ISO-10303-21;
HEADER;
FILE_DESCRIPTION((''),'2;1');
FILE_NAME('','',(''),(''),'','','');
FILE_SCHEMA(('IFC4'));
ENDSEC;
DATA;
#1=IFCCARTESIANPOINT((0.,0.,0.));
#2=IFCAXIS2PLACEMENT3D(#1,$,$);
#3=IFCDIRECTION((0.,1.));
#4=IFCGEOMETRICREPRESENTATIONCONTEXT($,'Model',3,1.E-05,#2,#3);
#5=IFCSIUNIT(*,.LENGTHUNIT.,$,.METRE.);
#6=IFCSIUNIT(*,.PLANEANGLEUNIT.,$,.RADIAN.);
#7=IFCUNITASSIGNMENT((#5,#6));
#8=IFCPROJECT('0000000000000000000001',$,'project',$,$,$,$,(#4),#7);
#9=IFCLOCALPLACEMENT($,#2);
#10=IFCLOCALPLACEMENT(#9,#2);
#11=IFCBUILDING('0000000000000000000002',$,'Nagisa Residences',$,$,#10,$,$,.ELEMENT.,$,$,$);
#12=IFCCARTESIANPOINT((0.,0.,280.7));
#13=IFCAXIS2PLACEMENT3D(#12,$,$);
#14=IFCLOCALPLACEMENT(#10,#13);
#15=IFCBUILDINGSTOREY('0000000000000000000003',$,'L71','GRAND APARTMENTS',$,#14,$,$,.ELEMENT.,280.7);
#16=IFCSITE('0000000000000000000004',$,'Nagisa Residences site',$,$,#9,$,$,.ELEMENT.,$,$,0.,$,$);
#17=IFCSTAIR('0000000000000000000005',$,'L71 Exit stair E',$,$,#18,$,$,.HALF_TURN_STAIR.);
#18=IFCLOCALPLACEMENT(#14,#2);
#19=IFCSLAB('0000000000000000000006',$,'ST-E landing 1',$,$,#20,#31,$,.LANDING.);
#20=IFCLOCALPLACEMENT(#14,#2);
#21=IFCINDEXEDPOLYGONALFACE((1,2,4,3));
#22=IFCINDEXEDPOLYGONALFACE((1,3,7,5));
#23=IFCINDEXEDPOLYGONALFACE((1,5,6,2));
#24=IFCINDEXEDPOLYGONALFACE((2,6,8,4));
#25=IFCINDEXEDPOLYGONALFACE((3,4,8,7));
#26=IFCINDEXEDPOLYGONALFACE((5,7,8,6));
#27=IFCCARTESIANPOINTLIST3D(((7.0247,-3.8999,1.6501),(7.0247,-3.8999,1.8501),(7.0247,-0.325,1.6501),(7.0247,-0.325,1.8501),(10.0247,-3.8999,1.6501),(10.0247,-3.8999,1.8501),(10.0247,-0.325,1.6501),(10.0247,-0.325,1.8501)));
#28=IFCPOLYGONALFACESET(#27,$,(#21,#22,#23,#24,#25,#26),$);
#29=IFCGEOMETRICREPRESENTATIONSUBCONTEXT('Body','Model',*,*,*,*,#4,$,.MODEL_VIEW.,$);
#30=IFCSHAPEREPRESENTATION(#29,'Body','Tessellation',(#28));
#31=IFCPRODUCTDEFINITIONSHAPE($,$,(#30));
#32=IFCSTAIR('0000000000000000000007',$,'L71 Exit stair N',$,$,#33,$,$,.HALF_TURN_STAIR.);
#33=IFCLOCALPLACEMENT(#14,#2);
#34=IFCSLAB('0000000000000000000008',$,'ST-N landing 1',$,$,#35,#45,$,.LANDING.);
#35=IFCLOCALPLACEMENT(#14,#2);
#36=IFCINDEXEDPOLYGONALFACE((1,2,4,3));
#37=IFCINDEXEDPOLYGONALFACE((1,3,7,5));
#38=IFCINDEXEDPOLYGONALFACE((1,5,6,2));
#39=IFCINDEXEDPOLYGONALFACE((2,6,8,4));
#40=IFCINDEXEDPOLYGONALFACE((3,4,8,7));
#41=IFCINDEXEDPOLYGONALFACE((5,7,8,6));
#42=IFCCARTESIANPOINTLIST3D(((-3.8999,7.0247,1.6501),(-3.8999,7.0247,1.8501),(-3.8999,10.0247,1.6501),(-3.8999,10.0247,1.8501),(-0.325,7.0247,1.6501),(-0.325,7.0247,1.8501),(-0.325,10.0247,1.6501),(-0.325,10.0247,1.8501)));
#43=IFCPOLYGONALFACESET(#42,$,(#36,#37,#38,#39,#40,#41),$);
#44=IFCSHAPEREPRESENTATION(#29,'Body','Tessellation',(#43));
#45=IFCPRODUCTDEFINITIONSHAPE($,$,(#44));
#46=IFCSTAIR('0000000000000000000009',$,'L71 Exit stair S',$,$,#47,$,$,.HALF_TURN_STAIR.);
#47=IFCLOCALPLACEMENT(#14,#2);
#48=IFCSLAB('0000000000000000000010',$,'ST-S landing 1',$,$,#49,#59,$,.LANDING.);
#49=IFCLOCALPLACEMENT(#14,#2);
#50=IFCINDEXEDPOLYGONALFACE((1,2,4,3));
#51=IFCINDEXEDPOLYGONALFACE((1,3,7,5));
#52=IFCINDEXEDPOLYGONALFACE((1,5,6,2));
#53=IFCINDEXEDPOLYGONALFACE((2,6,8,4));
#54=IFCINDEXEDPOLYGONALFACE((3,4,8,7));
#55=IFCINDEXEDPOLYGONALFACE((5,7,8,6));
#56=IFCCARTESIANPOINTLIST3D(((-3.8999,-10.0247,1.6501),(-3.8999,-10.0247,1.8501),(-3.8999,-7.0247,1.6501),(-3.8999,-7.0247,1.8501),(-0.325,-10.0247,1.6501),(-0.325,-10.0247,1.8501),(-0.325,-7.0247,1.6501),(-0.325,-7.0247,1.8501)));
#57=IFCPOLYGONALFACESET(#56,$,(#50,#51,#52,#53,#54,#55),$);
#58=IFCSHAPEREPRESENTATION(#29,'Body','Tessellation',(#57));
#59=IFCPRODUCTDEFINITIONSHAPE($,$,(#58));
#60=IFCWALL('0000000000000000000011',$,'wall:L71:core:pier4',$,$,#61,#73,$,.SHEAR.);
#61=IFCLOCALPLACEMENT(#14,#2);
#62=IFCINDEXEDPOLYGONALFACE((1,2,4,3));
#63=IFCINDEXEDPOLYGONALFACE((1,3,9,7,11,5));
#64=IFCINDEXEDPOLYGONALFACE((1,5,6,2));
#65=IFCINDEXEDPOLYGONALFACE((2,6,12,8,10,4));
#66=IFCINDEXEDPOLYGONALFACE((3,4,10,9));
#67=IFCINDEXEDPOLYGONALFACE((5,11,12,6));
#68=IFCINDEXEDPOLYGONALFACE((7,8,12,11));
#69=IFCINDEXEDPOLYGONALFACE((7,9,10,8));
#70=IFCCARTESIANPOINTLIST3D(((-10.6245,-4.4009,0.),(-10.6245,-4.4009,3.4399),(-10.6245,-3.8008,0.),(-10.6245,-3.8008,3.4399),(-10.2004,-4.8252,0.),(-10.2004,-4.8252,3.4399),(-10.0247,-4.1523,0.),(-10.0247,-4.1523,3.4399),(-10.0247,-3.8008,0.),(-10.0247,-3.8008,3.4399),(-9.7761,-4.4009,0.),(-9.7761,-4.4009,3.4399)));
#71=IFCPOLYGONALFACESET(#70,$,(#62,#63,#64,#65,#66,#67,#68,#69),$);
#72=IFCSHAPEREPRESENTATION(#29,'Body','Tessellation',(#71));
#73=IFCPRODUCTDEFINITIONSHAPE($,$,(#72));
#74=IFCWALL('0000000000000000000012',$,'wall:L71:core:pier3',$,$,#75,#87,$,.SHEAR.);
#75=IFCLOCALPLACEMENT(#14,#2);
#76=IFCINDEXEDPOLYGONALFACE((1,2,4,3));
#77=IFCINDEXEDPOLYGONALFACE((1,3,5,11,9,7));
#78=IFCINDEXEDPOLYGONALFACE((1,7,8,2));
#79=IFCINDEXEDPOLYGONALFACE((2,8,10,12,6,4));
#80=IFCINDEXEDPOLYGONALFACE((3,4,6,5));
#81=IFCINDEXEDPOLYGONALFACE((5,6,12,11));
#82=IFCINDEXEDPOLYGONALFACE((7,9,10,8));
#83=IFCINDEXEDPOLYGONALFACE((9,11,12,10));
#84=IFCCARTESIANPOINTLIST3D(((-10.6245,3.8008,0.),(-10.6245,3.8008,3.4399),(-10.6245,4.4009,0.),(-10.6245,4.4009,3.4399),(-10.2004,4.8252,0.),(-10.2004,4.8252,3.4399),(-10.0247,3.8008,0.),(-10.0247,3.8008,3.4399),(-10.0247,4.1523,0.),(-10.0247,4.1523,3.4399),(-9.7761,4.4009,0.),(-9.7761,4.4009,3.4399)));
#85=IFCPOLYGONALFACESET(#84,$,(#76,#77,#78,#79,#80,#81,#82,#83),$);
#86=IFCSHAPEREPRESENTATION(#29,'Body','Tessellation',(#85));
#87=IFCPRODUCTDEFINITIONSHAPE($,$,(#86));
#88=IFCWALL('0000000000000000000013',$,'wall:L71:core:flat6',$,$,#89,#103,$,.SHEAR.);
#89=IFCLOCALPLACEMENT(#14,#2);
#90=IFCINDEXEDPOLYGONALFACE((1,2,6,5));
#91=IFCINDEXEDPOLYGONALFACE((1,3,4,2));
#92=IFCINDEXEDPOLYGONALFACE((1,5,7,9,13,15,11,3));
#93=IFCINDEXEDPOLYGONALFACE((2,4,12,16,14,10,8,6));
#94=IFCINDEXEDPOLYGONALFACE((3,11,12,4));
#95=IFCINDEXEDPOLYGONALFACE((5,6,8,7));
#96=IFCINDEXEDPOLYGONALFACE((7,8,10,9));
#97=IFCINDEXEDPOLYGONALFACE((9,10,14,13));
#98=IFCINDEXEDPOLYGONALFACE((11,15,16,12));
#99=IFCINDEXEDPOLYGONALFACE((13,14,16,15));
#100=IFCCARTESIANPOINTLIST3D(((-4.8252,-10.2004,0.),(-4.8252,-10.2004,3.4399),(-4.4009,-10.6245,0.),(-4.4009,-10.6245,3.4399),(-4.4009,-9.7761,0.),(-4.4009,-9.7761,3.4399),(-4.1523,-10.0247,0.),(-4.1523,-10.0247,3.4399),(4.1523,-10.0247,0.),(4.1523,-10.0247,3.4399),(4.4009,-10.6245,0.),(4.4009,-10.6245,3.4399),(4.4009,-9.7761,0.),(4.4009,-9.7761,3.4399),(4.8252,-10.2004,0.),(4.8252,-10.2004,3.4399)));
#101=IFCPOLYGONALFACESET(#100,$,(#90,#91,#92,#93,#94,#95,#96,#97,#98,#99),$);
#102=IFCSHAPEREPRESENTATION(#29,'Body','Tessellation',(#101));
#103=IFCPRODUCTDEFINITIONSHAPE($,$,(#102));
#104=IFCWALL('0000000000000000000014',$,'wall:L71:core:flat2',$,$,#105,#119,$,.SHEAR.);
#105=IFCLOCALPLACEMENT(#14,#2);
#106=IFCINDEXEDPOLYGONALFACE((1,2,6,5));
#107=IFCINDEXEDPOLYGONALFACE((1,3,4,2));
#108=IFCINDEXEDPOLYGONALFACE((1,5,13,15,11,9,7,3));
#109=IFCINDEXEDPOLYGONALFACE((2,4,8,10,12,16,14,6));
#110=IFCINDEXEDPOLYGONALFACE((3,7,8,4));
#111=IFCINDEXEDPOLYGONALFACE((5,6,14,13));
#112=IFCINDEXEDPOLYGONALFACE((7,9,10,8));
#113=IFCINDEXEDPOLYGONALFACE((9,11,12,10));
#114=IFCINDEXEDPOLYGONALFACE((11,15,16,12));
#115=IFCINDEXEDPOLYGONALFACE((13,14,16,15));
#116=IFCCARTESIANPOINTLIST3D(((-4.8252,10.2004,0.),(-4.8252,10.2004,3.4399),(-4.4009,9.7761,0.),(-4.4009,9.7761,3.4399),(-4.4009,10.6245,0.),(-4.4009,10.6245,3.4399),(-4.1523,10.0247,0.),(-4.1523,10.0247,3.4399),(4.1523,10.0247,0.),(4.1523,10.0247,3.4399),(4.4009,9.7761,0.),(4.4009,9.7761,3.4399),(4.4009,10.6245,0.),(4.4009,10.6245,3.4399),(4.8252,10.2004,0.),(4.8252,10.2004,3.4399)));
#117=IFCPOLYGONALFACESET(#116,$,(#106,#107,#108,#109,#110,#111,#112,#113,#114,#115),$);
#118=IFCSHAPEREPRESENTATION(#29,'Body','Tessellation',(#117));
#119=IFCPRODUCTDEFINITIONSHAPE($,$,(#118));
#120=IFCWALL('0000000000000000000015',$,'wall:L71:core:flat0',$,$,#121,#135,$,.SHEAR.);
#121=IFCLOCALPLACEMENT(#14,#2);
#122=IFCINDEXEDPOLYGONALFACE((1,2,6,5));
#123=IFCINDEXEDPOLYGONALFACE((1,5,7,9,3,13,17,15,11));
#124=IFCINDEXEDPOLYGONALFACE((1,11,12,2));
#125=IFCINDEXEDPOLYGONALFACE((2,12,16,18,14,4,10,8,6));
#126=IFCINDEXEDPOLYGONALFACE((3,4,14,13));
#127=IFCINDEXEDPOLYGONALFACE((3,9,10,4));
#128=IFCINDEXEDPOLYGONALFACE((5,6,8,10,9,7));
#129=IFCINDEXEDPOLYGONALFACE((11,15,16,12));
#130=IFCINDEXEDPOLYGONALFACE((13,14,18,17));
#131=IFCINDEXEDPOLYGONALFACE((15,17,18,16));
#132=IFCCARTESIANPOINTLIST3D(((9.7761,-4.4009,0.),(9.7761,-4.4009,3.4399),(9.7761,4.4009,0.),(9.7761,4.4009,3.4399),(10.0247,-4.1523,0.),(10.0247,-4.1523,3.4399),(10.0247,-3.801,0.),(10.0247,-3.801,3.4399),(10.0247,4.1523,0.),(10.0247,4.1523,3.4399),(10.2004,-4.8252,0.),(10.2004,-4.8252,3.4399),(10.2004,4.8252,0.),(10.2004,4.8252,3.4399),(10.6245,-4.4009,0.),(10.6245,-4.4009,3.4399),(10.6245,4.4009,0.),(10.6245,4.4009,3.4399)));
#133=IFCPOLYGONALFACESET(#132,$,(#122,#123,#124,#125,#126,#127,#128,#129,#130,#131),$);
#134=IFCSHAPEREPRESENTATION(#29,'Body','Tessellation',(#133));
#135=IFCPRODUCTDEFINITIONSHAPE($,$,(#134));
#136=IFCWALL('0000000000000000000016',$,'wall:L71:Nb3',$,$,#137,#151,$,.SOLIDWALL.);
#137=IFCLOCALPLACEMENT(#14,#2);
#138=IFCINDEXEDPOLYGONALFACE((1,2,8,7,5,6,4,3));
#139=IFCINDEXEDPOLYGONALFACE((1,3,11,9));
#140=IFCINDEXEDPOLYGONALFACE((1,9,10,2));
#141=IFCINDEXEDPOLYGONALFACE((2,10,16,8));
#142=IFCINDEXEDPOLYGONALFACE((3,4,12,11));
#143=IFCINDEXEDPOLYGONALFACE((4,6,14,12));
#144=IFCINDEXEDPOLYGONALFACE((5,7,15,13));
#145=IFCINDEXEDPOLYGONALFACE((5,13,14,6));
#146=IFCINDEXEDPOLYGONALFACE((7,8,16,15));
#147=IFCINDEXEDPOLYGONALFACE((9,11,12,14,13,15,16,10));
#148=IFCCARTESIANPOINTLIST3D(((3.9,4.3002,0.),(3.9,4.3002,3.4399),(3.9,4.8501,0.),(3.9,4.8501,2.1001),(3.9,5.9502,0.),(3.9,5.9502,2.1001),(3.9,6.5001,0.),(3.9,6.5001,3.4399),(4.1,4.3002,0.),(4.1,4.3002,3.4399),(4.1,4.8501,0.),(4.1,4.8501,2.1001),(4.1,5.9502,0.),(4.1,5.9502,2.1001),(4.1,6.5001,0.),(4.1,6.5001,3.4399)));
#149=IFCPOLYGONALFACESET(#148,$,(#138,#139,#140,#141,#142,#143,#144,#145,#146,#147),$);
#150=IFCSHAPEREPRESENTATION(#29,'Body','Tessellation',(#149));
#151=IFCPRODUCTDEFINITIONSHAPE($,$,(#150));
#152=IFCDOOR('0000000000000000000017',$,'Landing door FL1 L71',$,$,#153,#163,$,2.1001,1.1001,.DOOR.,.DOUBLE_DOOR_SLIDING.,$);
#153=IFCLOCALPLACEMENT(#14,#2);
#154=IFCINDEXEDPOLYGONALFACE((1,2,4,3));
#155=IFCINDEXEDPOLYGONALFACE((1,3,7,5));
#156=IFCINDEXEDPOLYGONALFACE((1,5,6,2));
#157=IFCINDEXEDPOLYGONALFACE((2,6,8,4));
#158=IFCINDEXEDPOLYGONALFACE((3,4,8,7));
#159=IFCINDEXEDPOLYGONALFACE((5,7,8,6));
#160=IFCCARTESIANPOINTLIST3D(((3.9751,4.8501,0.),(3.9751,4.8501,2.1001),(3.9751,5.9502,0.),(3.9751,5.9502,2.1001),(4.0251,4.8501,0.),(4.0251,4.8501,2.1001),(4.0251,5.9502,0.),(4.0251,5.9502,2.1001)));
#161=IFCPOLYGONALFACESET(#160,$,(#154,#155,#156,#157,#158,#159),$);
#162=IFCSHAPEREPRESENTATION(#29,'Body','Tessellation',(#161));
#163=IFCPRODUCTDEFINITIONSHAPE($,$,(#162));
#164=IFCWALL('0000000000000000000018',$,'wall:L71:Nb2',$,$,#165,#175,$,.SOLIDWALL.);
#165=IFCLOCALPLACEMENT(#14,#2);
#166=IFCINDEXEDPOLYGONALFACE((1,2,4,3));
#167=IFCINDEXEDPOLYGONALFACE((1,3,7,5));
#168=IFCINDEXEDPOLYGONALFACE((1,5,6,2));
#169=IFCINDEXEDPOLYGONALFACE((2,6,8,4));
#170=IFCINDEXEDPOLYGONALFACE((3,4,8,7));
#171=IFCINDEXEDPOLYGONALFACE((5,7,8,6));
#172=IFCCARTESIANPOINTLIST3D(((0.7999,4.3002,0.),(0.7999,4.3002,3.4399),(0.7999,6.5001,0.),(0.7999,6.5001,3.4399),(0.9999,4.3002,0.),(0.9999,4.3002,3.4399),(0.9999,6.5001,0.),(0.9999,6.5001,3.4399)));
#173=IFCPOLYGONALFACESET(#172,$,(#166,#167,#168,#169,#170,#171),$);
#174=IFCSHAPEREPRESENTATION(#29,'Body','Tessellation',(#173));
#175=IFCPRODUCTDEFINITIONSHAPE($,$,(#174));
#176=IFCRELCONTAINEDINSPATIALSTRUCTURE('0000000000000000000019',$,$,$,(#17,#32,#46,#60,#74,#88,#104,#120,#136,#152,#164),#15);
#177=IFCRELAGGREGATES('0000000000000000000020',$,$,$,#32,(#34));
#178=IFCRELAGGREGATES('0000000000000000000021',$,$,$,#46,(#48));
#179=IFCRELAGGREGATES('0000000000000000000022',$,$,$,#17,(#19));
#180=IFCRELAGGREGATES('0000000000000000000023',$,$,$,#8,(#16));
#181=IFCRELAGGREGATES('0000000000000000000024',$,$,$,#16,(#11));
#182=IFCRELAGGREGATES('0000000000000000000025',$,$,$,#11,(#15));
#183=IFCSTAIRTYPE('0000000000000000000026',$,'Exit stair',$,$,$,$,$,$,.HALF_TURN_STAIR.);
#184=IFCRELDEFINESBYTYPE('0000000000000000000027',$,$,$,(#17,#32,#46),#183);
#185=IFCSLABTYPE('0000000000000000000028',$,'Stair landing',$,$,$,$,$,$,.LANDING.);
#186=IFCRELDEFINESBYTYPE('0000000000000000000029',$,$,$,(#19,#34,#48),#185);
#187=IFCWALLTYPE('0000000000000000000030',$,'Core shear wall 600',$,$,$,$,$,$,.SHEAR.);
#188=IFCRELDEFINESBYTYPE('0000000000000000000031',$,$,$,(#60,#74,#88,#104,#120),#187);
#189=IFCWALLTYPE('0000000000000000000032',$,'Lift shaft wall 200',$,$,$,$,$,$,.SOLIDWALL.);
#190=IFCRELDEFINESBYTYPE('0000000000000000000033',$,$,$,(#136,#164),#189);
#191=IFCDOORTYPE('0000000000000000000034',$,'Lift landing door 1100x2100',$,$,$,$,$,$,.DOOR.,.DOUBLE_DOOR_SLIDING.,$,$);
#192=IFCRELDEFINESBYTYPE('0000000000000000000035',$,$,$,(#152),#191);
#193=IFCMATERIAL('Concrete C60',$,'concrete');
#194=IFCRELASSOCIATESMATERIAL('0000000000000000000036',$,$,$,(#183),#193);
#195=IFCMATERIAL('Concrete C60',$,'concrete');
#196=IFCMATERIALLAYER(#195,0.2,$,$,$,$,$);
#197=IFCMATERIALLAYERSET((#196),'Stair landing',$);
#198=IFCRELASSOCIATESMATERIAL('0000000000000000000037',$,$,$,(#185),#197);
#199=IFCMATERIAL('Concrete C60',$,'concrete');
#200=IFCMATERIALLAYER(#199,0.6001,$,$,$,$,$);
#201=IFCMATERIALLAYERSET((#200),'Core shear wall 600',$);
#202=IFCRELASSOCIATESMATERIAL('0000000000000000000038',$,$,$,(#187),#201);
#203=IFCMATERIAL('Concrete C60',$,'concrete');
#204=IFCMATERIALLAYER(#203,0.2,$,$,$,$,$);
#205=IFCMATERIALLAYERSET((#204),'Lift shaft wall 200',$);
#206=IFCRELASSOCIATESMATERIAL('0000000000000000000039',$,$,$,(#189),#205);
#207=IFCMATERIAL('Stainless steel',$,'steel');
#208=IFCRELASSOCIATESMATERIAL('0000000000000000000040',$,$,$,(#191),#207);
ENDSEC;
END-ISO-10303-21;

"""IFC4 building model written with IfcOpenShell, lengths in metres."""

from ifc_helpers import new_model, si_unit, direction, frame, frame_2d, origin, place, context, subcontext, project, spatial, polyline, rectangle, outline, extrude, material, layer, layer_set, type_object, element, fill, aggregate, save


model = new_model("IFC4")

# Units and contexts
model_context = context("Model", 3, precision=1e-05, world=origin(), true_north=direction((0.0, 1.0)))
body_context = subcontext(model_context, "Body", "Model", "MODEL_VIEW")
ifc_project = project(units=[si_unit("LENGTHUNIT", "METRE"), si_unit("PLANEANGLEUNIT", "RADIAN")], contexts=[model_context])

# Site, building, storey
site_placement = place(None, origin())
site = spatial("IfcSite", under=ifc_project, at=site_placement, Name="Nagisa Residences site", CompositionType="ELEMENT", RefElevation=0.0)
building_placement = place(site_placement, origin())
building = spatial("IfcBuilding", under=site, at=building_placement, Name="Nagisa Residences", CompositionType="ELEMENT")
storey_placement = place(building_placement, frame((0.0, 0.0, 280.7)))
storey = spatial("IfcBuildingStorey", under=building, at=storey_placement, Name="L71", Description="GRAND APARTMENTS", CompositionType="ELEMENT", Elevation=280.7)

# Stairs, slabs
ifc_material_1 = material(Name="Concrete C60", Category="concrete")
stair_type = type_object("IfcStairType", Name="Exit stair", PredefinedType="HALF_TURN_STAIR", material=ifc_material_1)
stair_1_placement = place(storey_placement, origin())
stair_1 = element("IfcStair", 1, at=stair_1_placement, inside=storey, type_object=stair_type, Name="L71 Exit stair E", PredefinedType="HALF_TURN_STAIR")
ifc_material_2 = material(Name="Concrete C60", Category="concrete")
ifc_layer_1 = layer(ifc_material_2, 0.2)
ifc_layer_set_1 = layer_set([ifc_layer_1], Name="Stair landing")
slab_type = type_object("IfcSlabType", Name="Stair landing", PredefinedType="LANDING", material=ifc_layer_set_1)
slab_1_placement = place(storey_placement, frame((0.0, 0.0, 1.6501)))
slab_1 = element("IfcSlab", 2, at=slab_1_placement, type_object=slab_type, Name="ST-E landing 1", PredefinedType="LANDING", context=body_context, shape_type="SweptSolid", body=[
    extrude(outline(polyline([(7.0247, -0.325), (7.0247, -3.8999), (10.0247, -3.8999), (10.0247, -0.325), (7.0247, -0.325)])), origin(), (0.0, 0.0, 1.0), 0.2),
])
stair_2_placement = place(storey_placement, origin())
stair_2 = element("IfcStair", 3, at=stair_2_placement, inside=storey, type_object=stair_type, Name="L71 Exit stair N", PredefinedType="HALF_TURN_STAIR")
slab_2_placement = place(storey_placement, frame((0.0, 0.0, 1.6501)))
slab_2 = element("IfcSlab", 4, at=slab_2_placement, type_object=slab_type, Name="ST-N landing 1", PredefinedType="LANDING", context=body_context, shape_type="SweptSolid", body=[
    extrude(outline(polyline([(-0.325, 10.0247), (-3.8999, 10.0247), (-3.8999, 7.0247), (-0.325, 7.0247), (-0.325, 10.0247)])), origin(), (0.0, 0.0, 1.0), 0.2),
])
aggregate(stair_2, [slab_2])
stair_3_placement = place(storey_placement, origin())
stair_3 = element("IfcStair", 5, at=stair_3_placement, inside=storey, type_object=stair_type, Name="L71 Exit stair S", PredefinedType="HALF_TURN_STAIR")
slab_3_placement = place(storey_placement, frame((0.0, 0.0, 1.6501)))
slab_3 = element("IfcSlab", 6, at=slab_3_placement, type_object=slab_type, Name="ST-S landing 1", PredefinedType="LANDING", context=body_context, shape_type="SweptSolid", body=[
    extrude(outline(polyline([(-0.325, -7.0247), (-3.8999, -7.0247), (-3.8999, -10.0247), (-0.325, -10.0247), (-0.325, -7.0247)])), origin(), (0.0, 0.0, 1.0), 0.2),
])
aggregate(stair_3, [slab_3])

# Walls
ifc_material_3 = material(Name="Concrete C60", Category="concrete")
ifc_layer_2 = layer(ifc_material_3, 0.6001)
ifc_layer_set_2 = layer_set([ifc_layer_2], Name="Core shear wall 600")
wall_type_1 = type_object("IfcWallType", Name="Core shear wall 600", PredefinedType="SHEAR", material=ifc_layer_set_2)
wall_1_placement = place(storey_placement, origin())
element("IfcWall", 7, at=wall_1_placement, inside=storey, type_object=wall_type_1, Name="wall:L71:core:pier4", PredefinedType="SHEAR", context=body_context, shape_type="SweptSolid", body=[
    extrude(outline(polyline([(-10.6245, -3.8008), (-10.0247, -3.8008), (-10.0247, -4.1523), (-9.7761, -4.4009), (-10.2004, -4.8252), (-10.6245, -4.4009), (-10.6245, -3.8008)])), origin(), (0.0, 0.0, 1.0), 3.4399),
])
wall_2_placement = place(storey_placement, origin())
element("IfcWall", 8, at=wall_2_placement, inside=storey, type_object=wall_type_1, Name="wall:L71:core:pier3", PredefinedType="SHEAR", context=body_context, shape_type="SweptSolid", body=[
    extrude(outline(polyline([(-10.2004, 4.8252), (-9.7761, 4.4009), (-10.0247, 4.1523), (-10.0247, 3.8008), (-10.6245, 3.8008), (-10.6245, 4.4009), (-10.2004, 4.8252)])), origin(), (0.0, 0.0, 1.0), 3.4399),
])
wall_3_placement = place(storey_placement, origin())
element("IfcWall", 9, at=wall_3_placement, inside=storey, type_object=wall_type_1, Name="wall:L71:core:flat6", PredefinedType="SHEAR", context=body_context, shape_type="SweptSolid", body=[
    extrude(outline(polyline([(-4.1523, -10.0247), (4.1523, -10.0247), (4.4009, -9.7761), (4.8252, -10.2004), (4.4009, -10.6245), (-4.4009, -10.6245), (-4.8252, -10.2004), (-4.4009, -9.7761), (-4.1523, -10.0247)])), origin(), (0.0, 0.0, 1.0), 3.4399),
])
wall_4_placement = place(storey_placement, origin())
element("IfcWall", 10, at=wall_4_placement, inside=storey, type_object=wall_type_1, Name="wall:L71:core:flat2", PredefinedType="SHEAR", context=body_context, shape_type="SweptSolid", body=[
    extrude(outline(polyline([(-4.1523, 10.0247), (-4.4009, 9.7761), (-4.8252, 10.2004), (-4.4009, 10.6245), (4.4009, 10.6245), (4.8252, 10.2004), (4.4009, 9.7761), (4.1523, 10.0247), (-4.1523, 10.0247)])), origin(), (0.0, 0.0, 1.0), 3.4399),
])
wall_5_placement = place(storey_placement, origin())
element("IfcWall", 11, at=wall_5_placement, inside=storey, type_object=wall_type_1, Name="wall:L71:core:flat0", PredefinedType="SHEAR", context=body_context, shape_type="SweptSolid", body=[
    extrude(outline(polyline([(9.7761, -4.4009), (10.0247, -4.1523), (10.0247, -3.801), (10.0247, 4.1523), (9.7761, 4.4009), (10.2004, 4.8252), (10.6245, 4.4009), (10.6245, -4.4009), (10.2004, -4.8252), (9.7761, -4.4009)])), origin(), (0.0, 0.0, 1.0), 3.4399),
])

# Wall, opening, door
ifc_material_4 = material(Name="Concrete C60", Category="concrete")
ifc_layer_3 = layer(ifc_material_4, 0.2)
ifc_layer_set_3 = layer_set([ifc_layer_3], Name="Lift shaft wall 200")
wall_type_2 = type_object("IfcWallType", Name="Lift shaft wall 200", PredefinedType="SOLIDWALL", material=ifc_layer_set_3)
wall_6_placement = place(storey_placement, frame((4.0, 4.3, 0.0), z_axis=(0.0, 0.0, 1.0), x_axis=(0.0, 1.0, 0.0)))
wall_6 = element("IfcWall", 12, at=wall_6_placement, inside=storey, type_object=wall_type_2, Name="wall:L71:Nb3", PredefinedType="SOLIDWALL", context=body_context, shape_type="SweptSolid", body=[
    extrude(rectangle(XDim=2.2, YDim=0.2, at=frame_2d((1.1001, 0.0))), origin(), (0.0, 0.0, 1.0), 3.4399),
])
opening_1_placement = place(wall_6_placement, frame((0.55, 0.0, 0.0)))
opening_1 = element("IfcOpeningElement", 13, at=opening_1_placement, cuts=wall_6, PredefinedType="OPENING", context=body_context, shape_type="SweptSolid", body=[
    extrude(rectangle(XDim=1.1001, YDim=2.1001, at=frame_2d((0.55, 1.05))), frame((0.0, 0.1099, 0.0), z_axis=(0.0, -1.0, 0.0), x_axis=(1.0, 0.0, 0.0)), (0.0, 0.0, 1.0), 0.22),
])
ifc_material_5 = material(Name="Stainless steel", Category="steel")
door_type_1 = type_object("IfcDoorType", Name="Lift landing door 1100x2100", OperationType="DOUBLE_DOOR_SLIDING", PredefinedType="DOOR", material=ifc_material_5)
door_1_placement = place(opening_1_placement, origin())
door_1 = element("IfcDoor", 14, at=door_1_placement, inside=storey, type_object=door_type_1, Name="Landing door FL1 L71", OperationType="DOUBLE_DOOR_SLIDING", OverallHeight=2.1001, OverallWidth=1.1001, PredefinedType="DOOR", context=body_context, shape_type="SweptSolid", body=[
    extrude(rectangle(XDim=1.1001, YDim=2.1001, at=frame_2d((0.55, 1.05))), frame((0.0, 0.0249, 0.0), z_axis=(0.0, -1.0, 0.0), x_axis=(1.0, 0.0, 0.0)), (0.0, 0.0, 1.0), 0.05),
])
fill(opening_1, door_1)

# Wall
wall_7_placement = place(storey_placement, frame((0.8999, 4.3, 0.0), z_axis=(0.0, 0.0, 1.0), x_axis=(0.0, 1.0, 0.0)))
element("IfcWall", 15, at=wall_7_placement, inside=storey, type_object=wall_type_2, Name="wall:L71:Nb2", PredefinedType="SOLIDWALL", context=body_context, shape_type="SweptSolid", body=[
    extrude(rectangle(XDim=2.2, YDim=0.2, at=frame_2d((1.1001, 0.0))), origin(), (0.0, 0.0, 1.0), 3.4399),
])

aggregate(stair_1, [slab_1])

save(model, "model.ifc")
